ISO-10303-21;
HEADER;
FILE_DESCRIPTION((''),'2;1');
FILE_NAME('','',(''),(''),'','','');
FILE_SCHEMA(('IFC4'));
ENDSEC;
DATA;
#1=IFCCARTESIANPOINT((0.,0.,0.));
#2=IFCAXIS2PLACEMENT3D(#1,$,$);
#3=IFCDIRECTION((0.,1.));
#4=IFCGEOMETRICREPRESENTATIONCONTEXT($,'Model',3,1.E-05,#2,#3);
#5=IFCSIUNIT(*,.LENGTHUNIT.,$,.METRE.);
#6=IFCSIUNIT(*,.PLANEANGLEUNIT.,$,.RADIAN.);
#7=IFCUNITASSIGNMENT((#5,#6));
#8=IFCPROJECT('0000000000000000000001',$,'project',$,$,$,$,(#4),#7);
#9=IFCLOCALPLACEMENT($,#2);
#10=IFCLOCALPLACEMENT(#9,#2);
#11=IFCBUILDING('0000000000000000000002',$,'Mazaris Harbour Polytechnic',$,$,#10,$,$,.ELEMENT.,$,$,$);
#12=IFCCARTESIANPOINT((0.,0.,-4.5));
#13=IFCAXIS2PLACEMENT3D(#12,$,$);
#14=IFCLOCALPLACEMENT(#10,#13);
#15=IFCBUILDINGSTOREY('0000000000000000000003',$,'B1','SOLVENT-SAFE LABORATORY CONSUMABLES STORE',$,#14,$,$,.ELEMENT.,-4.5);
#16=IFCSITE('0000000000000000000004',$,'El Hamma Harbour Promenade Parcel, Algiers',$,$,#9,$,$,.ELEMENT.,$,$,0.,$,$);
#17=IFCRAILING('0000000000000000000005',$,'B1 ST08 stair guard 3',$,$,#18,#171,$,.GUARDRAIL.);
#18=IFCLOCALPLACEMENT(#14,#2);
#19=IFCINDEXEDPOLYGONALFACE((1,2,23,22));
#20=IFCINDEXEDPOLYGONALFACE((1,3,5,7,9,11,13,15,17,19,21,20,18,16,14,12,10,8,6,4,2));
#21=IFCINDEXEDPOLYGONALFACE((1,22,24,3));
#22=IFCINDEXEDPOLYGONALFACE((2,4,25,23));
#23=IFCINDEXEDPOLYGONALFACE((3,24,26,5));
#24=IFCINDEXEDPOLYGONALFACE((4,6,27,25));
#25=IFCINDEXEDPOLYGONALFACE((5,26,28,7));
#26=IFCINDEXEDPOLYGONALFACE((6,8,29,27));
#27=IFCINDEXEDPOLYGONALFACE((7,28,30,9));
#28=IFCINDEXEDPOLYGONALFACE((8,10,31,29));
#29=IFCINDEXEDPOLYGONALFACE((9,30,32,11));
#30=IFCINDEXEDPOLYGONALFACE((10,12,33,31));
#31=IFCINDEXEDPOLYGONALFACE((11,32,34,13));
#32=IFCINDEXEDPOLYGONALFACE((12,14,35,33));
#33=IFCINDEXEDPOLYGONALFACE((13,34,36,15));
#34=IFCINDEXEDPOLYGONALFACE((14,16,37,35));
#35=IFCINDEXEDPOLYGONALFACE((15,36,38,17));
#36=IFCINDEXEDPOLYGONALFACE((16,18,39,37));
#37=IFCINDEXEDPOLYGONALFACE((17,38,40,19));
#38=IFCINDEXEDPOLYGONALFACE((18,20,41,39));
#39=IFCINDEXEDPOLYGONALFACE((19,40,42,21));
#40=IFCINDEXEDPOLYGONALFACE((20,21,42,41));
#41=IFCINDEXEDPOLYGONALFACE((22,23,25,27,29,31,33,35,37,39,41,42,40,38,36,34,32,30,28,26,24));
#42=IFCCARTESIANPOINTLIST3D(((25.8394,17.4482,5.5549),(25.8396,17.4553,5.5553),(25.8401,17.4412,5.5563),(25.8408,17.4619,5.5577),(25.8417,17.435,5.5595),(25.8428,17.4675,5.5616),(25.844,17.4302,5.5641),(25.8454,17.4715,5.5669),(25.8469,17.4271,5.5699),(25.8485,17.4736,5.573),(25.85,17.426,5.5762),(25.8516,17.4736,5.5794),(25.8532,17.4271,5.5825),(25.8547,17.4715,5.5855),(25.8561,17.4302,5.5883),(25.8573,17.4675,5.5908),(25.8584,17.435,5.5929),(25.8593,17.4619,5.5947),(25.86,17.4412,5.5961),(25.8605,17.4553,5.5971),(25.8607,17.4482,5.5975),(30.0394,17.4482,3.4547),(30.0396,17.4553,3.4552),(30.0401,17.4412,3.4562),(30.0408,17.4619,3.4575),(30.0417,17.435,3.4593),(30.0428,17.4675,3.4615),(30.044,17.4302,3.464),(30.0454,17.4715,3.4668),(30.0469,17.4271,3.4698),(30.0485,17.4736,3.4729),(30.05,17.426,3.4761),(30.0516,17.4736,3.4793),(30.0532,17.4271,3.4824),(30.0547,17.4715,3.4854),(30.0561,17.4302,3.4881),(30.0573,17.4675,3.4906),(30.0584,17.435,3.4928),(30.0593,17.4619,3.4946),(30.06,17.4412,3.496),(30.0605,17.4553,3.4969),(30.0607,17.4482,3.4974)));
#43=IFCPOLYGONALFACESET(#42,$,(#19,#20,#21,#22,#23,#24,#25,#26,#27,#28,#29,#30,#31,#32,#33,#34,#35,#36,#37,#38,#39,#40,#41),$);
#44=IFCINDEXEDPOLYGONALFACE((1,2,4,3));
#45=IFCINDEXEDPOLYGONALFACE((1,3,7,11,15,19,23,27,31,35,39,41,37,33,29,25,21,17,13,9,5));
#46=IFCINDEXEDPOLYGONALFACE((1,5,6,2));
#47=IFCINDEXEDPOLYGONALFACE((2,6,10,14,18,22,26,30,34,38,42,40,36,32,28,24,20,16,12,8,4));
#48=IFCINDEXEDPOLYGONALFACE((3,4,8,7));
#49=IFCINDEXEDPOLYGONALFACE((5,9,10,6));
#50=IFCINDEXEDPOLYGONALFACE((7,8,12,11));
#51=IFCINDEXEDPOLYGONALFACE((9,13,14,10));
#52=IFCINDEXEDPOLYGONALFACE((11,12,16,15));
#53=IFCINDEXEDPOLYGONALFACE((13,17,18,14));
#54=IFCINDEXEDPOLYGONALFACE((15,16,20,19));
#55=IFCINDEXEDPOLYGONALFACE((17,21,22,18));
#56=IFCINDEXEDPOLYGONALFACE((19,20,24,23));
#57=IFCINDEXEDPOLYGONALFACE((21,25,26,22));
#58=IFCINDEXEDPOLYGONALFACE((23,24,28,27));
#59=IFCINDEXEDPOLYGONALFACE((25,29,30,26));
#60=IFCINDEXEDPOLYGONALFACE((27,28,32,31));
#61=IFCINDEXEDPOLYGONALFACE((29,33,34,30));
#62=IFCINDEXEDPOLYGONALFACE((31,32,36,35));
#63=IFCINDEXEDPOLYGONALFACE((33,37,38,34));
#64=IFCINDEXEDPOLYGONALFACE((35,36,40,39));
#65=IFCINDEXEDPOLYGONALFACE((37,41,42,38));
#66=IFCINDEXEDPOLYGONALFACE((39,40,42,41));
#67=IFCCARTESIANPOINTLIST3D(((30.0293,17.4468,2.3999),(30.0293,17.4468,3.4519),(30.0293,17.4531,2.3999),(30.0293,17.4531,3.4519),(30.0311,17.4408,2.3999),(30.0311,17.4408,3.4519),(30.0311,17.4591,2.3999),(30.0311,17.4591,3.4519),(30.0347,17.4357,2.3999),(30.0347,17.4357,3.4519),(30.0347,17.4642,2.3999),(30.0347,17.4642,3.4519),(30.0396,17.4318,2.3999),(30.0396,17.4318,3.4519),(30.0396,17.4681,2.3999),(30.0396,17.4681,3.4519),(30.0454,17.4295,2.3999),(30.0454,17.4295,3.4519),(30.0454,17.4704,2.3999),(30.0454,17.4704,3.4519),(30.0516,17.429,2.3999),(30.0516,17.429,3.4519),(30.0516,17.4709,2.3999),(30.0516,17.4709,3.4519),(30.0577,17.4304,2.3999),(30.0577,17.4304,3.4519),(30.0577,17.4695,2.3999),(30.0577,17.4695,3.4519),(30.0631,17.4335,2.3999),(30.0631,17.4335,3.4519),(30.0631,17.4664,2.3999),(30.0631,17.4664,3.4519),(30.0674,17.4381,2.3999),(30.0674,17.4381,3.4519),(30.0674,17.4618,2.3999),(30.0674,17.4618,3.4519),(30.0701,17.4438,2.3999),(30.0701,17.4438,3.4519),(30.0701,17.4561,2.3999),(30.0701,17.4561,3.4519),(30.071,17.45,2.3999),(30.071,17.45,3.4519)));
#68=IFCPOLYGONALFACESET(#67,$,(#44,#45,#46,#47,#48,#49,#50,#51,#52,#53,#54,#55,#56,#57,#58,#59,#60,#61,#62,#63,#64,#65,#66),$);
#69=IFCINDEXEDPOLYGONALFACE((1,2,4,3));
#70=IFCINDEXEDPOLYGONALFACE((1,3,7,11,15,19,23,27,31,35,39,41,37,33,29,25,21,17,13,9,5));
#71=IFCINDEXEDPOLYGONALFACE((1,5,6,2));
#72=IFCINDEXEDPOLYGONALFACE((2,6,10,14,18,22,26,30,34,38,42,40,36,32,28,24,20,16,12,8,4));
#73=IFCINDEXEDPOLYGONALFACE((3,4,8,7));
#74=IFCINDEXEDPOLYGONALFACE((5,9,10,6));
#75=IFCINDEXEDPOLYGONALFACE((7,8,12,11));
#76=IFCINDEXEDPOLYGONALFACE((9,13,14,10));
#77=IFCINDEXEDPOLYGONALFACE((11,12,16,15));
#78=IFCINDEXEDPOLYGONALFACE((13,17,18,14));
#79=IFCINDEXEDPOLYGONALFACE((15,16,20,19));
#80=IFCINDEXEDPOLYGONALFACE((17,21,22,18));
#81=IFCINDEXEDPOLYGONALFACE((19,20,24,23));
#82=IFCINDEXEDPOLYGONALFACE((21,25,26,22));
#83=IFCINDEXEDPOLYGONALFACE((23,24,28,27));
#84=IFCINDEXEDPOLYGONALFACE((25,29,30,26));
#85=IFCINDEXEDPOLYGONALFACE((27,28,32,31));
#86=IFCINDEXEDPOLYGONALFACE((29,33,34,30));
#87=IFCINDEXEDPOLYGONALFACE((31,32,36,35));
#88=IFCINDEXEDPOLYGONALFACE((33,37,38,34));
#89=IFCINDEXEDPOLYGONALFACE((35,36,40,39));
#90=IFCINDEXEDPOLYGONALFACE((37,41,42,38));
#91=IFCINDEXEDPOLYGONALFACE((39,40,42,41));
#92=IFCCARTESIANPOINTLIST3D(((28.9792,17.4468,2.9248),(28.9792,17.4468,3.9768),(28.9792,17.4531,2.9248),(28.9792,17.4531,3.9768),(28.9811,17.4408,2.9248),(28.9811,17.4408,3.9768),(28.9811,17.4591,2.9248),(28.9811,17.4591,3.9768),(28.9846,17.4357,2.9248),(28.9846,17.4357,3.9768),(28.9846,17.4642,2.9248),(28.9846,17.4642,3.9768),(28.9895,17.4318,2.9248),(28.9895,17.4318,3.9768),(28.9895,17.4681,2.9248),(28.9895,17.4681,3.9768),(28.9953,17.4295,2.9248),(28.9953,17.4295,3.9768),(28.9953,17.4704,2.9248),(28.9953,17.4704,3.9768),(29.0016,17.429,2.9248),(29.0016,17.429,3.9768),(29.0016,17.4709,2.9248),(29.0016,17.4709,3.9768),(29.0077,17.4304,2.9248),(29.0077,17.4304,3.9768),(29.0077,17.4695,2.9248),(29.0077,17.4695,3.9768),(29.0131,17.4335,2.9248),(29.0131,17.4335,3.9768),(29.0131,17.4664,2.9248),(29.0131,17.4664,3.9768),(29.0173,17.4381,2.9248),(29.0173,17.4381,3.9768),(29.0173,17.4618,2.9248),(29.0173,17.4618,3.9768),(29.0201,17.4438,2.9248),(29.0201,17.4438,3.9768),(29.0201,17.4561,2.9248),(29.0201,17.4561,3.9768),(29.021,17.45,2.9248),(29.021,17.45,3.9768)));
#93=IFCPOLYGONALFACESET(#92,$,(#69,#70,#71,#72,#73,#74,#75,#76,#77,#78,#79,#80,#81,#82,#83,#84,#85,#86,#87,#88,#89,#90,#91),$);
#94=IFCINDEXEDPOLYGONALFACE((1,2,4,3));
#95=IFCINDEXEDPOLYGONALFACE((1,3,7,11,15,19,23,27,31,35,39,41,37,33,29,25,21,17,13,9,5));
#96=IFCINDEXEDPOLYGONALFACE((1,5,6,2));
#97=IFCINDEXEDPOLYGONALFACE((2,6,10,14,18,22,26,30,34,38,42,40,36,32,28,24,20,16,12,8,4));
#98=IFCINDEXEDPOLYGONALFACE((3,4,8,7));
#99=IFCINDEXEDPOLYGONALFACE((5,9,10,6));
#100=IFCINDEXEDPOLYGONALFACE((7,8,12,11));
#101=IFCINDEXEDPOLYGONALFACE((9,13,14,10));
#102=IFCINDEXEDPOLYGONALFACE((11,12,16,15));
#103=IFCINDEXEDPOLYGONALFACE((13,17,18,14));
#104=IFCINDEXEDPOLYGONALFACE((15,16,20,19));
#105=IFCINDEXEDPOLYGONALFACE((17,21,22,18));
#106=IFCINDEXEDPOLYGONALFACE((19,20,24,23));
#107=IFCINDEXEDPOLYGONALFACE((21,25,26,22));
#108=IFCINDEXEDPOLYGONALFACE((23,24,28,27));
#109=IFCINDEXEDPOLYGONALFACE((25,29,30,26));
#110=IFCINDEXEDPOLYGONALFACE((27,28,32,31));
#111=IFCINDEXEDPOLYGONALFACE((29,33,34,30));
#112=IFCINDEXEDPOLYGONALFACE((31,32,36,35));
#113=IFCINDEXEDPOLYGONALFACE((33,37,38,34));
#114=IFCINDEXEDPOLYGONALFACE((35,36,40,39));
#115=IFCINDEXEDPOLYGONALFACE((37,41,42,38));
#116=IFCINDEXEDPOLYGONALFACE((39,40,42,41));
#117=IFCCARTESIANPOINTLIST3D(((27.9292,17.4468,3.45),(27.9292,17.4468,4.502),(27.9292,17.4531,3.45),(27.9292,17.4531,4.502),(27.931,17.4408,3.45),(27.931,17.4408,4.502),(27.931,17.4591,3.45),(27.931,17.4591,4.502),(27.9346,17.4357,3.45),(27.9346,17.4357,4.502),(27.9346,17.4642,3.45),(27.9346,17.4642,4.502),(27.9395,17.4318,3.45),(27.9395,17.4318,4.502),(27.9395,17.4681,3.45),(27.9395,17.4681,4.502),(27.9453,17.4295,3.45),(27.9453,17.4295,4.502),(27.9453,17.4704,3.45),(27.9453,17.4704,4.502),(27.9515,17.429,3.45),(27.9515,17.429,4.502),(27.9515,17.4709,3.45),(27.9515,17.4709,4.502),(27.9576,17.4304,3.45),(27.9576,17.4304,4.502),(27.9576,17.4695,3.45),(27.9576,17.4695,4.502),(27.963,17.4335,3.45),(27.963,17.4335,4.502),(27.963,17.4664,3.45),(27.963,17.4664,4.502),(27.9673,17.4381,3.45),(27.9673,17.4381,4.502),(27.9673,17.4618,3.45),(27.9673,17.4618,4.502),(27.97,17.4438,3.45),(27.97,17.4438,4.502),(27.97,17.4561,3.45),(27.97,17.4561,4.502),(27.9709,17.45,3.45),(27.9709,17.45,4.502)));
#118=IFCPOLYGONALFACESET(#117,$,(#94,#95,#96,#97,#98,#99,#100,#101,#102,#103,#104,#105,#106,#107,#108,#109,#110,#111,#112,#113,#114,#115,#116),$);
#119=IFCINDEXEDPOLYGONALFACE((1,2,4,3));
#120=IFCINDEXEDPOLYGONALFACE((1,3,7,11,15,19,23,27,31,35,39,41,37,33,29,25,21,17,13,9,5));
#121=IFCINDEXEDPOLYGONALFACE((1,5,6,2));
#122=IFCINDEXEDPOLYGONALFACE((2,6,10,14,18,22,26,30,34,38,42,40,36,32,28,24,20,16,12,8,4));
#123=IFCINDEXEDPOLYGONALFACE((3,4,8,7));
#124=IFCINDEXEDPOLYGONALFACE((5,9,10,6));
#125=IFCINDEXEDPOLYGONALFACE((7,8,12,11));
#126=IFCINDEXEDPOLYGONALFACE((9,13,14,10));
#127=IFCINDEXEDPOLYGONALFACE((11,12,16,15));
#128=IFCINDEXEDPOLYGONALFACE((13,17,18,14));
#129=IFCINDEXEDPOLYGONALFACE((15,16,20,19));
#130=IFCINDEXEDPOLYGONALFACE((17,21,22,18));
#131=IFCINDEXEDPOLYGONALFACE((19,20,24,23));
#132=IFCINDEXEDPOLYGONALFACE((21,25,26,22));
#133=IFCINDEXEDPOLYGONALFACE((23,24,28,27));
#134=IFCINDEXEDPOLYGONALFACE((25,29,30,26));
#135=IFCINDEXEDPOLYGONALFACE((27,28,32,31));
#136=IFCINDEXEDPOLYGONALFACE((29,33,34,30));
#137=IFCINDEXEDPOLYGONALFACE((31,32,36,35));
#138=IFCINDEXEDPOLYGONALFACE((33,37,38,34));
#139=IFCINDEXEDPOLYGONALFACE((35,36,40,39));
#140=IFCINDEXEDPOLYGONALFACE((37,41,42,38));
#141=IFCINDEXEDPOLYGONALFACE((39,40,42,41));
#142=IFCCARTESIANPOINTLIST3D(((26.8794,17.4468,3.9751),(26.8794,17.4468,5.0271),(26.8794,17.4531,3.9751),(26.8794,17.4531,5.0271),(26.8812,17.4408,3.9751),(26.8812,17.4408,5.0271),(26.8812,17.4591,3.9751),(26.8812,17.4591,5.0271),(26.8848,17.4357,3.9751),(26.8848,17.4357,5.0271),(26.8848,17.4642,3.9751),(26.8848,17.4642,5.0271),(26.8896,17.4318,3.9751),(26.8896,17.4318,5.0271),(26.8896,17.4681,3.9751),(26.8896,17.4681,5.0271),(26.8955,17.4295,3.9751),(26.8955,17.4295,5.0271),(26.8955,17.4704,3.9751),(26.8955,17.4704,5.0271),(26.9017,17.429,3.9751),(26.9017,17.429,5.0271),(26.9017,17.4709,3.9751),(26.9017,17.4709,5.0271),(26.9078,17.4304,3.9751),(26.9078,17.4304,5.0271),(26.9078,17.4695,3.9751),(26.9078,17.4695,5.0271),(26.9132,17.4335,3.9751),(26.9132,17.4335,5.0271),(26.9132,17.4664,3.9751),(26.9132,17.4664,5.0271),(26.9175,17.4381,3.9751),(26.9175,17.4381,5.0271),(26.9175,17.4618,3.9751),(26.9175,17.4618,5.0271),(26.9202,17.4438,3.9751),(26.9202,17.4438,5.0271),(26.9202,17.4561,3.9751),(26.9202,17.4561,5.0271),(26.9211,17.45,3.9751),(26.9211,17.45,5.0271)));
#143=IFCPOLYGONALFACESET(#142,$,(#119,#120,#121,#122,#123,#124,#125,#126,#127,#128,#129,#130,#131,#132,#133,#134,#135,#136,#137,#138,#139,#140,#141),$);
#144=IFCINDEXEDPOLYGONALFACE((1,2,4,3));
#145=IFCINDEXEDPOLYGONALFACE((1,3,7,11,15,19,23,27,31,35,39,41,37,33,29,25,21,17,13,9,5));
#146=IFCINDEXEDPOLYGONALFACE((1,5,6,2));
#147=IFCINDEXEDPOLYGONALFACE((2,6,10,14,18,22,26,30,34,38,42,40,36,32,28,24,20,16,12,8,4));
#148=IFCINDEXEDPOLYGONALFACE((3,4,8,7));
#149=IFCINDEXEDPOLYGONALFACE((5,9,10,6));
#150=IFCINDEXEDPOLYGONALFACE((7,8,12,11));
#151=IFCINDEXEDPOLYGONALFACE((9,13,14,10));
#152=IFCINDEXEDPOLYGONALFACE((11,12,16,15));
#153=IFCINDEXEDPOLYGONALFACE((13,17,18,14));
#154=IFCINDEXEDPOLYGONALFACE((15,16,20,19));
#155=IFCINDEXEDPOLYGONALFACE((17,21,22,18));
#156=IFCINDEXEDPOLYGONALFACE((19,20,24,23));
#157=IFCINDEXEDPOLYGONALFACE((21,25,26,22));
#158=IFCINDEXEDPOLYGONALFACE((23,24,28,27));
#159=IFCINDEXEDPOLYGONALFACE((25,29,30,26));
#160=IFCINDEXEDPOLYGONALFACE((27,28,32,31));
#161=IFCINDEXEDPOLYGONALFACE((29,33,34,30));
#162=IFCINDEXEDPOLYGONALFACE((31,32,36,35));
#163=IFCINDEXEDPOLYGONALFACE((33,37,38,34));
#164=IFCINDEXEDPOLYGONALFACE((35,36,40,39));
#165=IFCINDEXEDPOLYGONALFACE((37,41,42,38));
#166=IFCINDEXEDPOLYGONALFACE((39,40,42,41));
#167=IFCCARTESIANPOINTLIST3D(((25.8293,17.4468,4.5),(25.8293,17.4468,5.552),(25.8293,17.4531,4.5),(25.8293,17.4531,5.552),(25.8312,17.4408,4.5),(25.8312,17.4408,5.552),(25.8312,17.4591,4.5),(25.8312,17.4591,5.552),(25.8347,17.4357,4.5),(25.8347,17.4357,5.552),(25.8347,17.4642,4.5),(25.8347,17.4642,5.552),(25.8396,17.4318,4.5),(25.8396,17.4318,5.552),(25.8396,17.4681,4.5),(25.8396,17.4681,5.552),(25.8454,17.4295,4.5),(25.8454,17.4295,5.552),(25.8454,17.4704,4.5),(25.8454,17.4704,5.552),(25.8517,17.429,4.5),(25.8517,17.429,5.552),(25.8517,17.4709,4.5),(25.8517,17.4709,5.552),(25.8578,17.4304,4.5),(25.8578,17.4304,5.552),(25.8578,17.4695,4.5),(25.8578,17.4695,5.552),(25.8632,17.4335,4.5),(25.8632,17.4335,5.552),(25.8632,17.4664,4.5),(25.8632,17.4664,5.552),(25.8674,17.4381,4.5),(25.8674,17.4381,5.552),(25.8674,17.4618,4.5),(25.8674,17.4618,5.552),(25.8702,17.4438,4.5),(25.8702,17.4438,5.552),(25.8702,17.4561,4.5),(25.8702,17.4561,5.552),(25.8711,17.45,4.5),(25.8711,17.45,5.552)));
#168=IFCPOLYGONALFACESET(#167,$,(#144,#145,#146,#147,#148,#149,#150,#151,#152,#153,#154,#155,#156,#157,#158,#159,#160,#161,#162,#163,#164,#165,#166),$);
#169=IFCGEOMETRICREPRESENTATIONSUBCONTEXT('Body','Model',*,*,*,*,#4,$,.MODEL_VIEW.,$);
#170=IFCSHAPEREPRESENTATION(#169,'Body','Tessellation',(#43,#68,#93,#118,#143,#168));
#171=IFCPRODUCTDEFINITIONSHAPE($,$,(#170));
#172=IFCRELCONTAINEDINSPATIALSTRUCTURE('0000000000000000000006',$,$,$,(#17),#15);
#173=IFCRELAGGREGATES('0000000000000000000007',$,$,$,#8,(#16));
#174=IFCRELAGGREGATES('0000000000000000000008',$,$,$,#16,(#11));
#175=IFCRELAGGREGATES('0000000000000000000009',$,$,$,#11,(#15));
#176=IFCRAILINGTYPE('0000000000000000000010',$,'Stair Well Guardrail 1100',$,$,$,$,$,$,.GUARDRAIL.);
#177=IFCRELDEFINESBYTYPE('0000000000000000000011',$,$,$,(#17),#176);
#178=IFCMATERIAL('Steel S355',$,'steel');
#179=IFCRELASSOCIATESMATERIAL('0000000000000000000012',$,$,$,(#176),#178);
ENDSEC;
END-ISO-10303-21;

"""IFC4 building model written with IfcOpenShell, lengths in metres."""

from ifc_helpers import new_model, si_unit, direction, frame, origin, origin_2d, place, context, subcontext, project, spatial, circle, extrude, material, type_object, element, save


model = new_model("IFC4")

# Units and contexts
model_context = context("Model", 3, precision=1e-05, world=origin(), true_north=direction((0.0, 1.0)))
body_context = subcontext(model_context, "Body", "Model", "MODEL_VIEW")
ifc_project = project(units=[si_unit("LENGTHUNIT", "METRE"), si_unit("PLANEANGLEUNIT", "RADIAN")], contexts=[model_context])

# Site, building, storey
site_placement = place(None, origin())
site = spatial("IfcSite", under=ifc_project, at=site_placement, Name="El Hamma Harbour Promenade Parcel, Algiers", CompositionType="ELEMENT", RefElevation=0.0)
building_placement = place(site_placement, origin())
building = spatial("IfcBuilding", under=site, at=building_placement, Name="Mazaris Harbour Polytechnic", CompositionType="ELEMENT")
storey_placement = place(building_placement, frame((0.0, 0.0, -4.5)))
storey = spatial("IfcBuildingStorey", under=building, at=storey_placement, Name="B1", Description="SOLVENT-SAFE LABORATORY CONSUMABLES STORE", CompositionType="ELEMENT", Elevation=-4.5)

# Railing
ifc_material_1 = material(Name="Steel S355", Category="steel")
railing_type_1 = type_object("IfcRailingType", Name="Stair Well Guardrail 1100", PredefinedType="GUARDRAIL", material=ifc_material_1)
railing_1_placement = place(storey_placement, frame((30.05, 17.45, 2.3999)))
element("IfcRailing", 1, at=railing_1_placement, inside=storey, type_object=railing_type_1, Name="B1 ST08 stair guard 3", PredefinedType="GUARDRAIL", context=body_context, shape_type="SweptSolid", body=[
    extrude(circle(Radius=0.0239, at=origin_2d()), frame((0.0, 0.0, 1.0762), z_axis=(-0.894417, 0.0, 0.447234), x_axis=(0.0, -1.0, 0.0)), (0.0, 0.0, 1.0), 4.6958),
    extrude(circle(Radius=0.021, at=origin_2d()), origin(), (0.0, 0.0, 1.0), 1.052),
    extrude(circle(Radius=0.021, at=origin_2d()), frame((-1.05, 0.0, 0.5249)), (0.0, 0.0, 1.0), 1.052),
    extrude(circle(Radius=0.021, at=origin_2d()), frame((-2.1001, 0.0, 1.05)), (0.0, 0.0, 1.0), 1.052),
    extrude(circle(Radius=0.021, at=origin_2d()), frame((-3.1499, 0.0, 1.5752)), (0.0, 0.0, 1.0), 1.052),
    extrude(circle(Radius=0.021, at=origin_2d()), frame((-4.2, 0.0, 2.1001)), (0.0, 0.0, 1.0), 1.052),
])

save(model, "model.ifc")
